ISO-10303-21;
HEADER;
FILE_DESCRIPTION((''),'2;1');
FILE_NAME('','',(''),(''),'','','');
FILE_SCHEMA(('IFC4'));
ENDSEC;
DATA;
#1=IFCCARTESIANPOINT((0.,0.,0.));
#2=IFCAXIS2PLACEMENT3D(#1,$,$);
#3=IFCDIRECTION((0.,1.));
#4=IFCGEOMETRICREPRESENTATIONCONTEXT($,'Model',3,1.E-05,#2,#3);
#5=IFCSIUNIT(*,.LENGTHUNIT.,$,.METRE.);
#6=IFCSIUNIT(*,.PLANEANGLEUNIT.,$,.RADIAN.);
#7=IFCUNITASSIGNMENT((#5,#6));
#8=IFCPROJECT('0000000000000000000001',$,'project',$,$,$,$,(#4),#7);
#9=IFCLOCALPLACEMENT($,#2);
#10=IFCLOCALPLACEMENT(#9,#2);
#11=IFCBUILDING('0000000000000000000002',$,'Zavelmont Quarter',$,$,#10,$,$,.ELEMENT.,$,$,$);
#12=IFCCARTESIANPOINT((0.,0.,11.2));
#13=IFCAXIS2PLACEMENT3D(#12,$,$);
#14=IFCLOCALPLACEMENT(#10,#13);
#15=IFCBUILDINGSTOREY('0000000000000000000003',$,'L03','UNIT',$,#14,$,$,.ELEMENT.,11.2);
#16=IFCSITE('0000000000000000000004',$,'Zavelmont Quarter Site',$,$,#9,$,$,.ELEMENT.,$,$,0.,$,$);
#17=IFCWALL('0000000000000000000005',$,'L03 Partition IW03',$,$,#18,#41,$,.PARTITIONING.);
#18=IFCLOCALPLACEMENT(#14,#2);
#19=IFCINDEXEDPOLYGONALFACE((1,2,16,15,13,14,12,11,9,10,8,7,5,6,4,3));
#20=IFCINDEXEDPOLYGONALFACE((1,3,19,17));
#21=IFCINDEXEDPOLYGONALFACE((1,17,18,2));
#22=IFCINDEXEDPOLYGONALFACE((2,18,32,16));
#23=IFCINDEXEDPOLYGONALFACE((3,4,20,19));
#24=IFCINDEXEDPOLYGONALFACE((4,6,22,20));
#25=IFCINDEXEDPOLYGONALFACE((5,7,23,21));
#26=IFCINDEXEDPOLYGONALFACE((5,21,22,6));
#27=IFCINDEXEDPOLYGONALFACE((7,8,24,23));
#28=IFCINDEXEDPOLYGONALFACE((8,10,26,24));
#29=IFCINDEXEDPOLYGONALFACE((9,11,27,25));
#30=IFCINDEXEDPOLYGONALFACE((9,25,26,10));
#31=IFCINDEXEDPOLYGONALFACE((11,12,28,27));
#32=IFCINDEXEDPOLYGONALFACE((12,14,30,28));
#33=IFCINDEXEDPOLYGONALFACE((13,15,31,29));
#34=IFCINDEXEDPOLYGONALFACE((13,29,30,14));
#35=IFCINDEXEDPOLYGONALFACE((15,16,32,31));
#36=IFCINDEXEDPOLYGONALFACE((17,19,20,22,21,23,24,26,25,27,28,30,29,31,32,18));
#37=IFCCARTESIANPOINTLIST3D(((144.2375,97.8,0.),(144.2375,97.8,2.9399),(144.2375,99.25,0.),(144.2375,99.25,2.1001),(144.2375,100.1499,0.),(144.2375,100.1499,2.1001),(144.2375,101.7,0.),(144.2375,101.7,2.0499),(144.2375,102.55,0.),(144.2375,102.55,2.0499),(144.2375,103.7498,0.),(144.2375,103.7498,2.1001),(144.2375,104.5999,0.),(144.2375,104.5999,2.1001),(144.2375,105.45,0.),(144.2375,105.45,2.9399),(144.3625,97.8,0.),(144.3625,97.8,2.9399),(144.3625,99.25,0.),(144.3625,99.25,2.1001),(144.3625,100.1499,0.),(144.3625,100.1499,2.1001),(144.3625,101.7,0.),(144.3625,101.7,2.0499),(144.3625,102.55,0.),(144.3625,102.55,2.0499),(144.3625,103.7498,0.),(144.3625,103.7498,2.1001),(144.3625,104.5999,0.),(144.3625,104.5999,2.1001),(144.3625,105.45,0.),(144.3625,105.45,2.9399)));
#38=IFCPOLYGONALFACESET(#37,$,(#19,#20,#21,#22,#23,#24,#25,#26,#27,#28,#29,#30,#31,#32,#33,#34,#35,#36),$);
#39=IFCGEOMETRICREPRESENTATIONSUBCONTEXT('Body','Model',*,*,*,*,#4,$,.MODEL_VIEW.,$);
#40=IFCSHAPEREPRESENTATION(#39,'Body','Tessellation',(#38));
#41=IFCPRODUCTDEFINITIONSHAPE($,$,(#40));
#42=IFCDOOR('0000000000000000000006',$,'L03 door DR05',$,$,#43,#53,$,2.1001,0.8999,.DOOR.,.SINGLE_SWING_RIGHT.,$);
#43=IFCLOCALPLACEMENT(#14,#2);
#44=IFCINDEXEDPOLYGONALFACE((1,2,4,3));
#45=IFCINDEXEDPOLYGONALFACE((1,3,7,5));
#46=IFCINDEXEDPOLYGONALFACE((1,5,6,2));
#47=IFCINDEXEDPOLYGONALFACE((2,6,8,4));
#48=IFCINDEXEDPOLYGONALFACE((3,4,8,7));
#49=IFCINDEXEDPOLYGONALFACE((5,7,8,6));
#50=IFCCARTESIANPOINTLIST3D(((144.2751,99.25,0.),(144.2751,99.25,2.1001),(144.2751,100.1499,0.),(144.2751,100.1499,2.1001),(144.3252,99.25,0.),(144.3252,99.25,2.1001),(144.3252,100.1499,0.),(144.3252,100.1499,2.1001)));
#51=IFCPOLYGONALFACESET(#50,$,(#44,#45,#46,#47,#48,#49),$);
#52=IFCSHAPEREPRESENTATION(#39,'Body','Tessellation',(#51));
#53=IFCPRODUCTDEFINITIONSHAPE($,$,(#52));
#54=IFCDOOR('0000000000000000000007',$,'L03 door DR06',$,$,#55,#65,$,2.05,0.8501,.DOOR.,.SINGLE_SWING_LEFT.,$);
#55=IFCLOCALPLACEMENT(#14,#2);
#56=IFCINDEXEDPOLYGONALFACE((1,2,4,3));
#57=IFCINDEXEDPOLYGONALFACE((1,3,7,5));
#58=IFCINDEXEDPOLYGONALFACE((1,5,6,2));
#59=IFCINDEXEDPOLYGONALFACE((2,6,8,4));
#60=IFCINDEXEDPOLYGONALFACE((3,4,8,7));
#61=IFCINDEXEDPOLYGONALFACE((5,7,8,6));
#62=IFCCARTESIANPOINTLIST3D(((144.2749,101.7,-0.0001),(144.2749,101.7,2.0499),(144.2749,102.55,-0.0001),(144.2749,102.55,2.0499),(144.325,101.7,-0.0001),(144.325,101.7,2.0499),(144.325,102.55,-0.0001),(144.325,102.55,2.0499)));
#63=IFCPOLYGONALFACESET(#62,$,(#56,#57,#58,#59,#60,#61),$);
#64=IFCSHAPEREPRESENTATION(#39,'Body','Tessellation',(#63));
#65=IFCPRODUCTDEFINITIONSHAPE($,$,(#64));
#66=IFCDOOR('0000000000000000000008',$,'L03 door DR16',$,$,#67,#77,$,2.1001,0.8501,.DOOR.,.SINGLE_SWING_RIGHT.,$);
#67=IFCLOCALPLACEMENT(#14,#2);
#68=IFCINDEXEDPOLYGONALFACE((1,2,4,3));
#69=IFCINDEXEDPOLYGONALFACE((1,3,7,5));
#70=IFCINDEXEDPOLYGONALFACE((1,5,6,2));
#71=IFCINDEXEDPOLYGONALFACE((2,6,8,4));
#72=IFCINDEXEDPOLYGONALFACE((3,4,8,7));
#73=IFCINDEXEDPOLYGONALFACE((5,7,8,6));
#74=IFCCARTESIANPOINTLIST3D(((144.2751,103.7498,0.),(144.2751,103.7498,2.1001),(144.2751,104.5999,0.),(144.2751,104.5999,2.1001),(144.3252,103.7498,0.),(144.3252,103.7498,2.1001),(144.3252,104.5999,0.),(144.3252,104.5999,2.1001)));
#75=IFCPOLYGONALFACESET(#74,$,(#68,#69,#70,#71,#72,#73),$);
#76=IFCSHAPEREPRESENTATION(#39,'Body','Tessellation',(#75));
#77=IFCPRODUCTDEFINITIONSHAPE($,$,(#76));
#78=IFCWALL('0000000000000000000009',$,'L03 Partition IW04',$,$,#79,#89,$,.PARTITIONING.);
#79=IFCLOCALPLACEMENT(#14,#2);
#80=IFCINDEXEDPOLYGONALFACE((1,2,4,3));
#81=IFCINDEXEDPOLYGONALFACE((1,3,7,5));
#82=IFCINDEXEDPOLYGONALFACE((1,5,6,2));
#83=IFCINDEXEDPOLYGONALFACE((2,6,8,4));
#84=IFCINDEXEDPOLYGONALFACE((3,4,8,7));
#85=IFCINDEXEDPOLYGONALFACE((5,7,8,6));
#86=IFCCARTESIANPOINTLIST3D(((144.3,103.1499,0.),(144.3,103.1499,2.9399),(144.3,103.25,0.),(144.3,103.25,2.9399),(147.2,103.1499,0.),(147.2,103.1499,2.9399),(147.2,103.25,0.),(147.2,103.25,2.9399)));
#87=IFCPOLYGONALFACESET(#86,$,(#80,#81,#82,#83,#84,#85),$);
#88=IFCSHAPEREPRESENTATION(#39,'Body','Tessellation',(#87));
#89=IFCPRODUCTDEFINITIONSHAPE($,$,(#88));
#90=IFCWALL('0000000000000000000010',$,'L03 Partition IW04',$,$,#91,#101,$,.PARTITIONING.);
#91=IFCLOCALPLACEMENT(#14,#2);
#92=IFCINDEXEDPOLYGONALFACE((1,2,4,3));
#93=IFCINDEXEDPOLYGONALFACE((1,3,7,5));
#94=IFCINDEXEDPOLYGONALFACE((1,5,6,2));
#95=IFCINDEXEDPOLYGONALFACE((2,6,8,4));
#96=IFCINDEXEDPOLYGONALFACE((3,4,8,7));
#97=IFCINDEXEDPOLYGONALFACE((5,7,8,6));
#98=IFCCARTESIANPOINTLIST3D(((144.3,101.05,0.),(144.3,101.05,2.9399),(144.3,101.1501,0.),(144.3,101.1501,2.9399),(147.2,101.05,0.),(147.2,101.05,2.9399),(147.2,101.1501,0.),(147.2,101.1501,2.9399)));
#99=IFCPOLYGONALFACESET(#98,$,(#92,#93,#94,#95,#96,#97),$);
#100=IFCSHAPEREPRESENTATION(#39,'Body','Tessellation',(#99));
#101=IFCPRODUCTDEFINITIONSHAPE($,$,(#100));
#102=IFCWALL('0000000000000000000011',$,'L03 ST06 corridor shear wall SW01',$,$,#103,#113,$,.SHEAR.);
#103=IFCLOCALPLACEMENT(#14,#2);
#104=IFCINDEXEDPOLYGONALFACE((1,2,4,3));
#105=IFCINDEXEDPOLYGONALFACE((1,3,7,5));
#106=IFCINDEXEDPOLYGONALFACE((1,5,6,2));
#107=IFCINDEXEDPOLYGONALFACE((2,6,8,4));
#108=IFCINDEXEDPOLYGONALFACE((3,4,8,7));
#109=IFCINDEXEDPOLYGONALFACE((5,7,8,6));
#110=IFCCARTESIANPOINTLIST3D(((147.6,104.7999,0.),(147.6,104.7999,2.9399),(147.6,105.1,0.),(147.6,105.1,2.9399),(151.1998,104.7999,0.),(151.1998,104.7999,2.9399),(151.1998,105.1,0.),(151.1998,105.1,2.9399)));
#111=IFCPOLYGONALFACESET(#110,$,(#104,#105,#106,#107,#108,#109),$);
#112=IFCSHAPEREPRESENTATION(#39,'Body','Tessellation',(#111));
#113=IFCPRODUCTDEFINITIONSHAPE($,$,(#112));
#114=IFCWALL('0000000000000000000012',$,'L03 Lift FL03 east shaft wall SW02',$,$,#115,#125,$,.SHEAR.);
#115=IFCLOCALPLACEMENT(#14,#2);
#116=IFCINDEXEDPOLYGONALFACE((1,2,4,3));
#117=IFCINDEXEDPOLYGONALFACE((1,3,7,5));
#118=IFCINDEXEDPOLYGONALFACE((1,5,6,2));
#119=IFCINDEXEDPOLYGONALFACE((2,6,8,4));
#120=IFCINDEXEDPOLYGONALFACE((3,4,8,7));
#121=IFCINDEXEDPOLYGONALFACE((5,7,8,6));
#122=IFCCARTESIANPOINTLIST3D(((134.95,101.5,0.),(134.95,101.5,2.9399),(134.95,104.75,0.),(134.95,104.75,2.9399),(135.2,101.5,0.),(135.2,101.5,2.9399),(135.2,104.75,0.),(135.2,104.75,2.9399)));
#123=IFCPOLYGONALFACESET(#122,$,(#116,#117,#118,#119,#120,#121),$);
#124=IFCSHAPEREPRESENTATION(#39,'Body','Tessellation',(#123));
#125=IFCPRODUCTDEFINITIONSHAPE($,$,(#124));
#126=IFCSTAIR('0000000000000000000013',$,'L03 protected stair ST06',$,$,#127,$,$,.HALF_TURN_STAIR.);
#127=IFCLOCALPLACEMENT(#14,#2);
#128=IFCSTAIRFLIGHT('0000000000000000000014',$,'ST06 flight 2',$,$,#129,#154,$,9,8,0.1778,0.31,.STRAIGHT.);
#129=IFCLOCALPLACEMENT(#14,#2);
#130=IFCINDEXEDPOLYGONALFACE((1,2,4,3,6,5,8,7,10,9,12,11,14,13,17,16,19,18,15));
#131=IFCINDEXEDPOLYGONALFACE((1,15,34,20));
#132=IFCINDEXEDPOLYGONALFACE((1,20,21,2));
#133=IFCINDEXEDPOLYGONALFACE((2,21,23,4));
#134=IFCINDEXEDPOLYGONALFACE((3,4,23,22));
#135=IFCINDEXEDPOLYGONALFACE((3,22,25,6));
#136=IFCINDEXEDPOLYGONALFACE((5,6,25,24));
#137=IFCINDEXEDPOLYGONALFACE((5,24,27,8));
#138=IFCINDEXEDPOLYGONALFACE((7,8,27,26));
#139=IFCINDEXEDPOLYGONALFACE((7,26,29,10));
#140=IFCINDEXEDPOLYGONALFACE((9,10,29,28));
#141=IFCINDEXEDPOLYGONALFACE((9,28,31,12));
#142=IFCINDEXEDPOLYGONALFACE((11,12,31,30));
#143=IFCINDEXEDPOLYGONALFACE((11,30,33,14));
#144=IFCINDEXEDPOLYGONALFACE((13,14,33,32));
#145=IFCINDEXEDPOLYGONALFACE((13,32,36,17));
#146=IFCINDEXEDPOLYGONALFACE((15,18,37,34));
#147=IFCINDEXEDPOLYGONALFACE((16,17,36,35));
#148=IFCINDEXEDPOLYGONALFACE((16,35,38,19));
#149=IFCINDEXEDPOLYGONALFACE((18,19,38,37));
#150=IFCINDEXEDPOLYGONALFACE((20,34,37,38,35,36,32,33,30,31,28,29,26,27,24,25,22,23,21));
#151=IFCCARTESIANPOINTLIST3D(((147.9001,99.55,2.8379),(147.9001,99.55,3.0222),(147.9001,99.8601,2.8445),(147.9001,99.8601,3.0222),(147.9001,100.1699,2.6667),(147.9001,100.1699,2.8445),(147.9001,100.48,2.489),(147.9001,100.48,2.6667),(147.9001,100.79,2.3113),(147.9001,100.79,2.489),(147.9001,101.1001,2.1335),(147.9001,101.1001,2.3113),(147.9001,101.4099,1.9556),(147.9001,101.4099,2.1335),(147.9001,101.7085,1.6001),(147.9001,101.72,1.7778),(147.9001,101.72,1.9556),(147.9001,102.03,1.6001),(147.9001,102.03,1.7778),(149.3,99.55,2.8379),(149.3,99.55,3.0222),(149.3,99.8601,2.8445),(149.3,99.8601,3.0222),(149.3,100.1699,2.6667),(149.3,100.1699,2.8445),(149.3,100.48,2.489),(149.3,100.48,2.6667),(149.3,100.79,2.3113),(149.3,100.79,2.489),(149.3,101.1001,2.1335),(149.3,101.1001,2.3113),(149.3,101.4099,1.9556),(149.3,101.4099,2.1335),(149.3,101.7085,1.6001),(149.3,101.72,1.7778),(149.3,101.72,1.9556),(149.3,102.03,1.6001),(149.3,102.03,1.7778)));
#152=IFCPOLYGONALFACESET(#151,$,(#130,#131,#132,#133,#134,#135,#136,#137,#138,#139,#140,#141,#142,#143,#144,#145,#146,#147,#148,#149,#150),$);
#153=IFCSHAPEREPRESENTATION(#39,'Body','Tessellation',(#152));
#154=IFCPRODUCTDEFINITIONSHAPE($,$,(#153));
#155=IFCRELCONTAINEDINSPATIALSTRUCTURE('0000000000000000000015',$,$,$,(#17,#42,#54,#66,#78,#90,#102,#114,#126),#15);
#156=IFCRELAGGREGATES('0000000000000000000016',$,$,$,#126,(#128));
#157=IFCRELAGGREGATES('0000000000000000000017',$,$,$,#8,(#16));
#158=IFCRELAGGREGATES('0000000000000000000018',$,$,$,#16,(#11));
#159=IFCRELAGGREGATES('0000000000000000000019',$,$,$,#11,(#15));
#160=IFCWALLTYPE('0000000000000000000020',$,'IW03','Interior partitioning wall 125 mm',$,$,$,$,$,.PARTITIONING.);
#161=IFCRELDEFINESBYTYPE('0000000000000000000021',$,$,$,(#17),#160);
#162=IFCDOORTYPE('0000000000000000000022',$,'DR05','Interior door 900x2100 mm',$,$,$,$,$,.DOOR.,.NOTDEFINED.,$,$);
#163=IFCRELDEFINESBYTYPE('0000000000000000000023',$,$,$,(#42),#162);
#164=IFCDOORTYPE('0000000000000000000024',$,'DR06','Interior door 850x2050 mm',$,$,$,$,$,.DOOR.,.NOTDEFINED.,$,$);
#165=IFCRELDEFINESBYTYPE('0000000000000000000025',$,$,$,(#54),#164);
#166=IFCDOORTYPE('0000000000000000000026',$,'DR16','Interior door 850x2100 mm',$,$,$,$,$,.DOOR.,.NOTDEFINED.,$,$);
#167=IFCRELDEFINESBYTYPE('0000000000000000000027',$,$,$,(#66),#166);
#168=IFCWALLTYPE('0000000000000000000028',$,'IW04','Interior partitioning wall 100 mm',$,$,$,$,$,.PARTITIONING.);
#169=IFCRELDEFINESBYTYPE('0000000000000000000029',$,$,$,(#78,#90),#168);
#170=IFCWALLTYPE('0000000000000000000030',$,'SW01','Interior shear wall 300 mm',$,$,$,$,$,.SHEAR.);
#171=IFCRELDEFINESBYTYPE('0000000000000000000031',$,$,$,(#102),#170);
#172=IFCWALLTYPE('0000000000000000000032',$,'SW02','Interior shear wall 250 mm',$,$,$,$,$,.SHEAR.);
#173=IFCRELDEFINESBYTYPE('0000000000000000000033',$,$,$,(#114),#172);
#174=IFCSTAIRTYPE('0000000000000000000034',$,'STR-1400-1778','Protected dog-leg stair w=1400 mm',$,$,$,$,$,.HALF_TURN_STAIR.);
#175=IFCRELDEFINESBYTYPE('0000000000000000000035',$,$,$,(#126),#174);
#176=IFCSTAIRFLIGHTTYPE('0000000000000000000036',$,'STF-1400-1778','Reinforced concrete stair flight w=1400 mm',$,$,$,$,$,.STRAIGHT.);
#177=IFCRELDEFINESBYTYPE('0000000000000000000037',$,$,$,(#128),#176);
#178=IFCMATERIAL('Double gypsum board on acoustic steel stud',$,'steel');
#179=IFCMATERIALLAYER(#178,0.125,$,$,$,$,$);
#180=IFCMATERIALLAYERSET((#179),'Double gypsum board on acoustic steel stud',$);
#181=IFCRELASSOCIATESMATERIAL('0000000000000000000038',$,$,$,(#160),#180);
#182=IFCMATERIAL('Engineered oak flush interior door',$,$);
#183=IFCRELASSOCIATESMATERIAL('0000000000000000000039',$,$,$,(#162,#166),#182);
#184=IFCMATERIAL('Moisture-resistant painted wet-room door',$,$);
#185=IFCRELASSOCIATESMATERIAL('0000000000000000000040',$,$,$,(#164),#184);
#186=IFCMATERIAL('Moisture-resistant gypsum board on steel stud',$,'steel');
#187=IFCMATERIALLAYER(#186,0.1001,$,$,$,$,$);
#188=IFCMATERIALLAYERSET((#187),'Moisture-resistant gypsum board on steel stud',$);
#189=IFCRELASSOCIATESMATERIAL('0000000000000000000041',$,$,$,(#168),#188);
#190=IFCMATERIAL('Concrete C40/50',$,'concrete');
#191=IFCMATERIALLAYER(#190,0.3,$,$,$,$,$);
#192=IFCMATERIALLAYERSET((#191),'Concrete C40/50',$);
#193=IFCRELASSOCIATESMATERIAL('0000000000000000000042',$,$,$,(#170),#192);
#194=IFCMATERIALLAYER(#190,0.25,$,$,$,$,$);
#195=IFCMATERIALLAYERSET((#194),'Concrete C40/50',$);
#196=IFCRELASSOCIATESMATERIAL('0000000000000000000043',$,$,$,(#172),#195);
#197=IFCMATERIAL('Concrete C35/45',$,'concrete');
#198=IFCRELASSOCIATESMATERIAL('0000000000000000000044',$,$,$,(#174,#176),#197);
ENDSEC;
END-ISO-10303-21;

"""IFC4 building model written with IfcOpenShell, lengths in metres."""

from ifc_helpers import new_model, si_unit, direction, frame, frame_2d, origin, origin_with_axes, place, context, subcontext, project, spatial, polyline, rectangle, outline, extrude, material, layer, layer_set, type_object, element, fill, aggregate, save


model = new_model("IFC4")

# Units and contexts
model_context = context("Model", 3, precision=1e-05, world=origin(), true_north=direction((0.0, 1.0)))
body_context = subcontext(model_context, "Body", "Model", "MODEL_VIEW")
ifc_project = project(units=[si_unit("LENGTHUNIT", "METRE"), si_unit("PLANEANGLEUNIT", "RADIAN")], contexts=[model_context])

# Site, building, storey
site_placement = place(None, origin())
site = spatial("IfcSite", under=ifc_project, at=site_placement, Name="Zavelmont Quarter Site", CompositionType="ELEMENT", RefElevation=0.0)
building_placement = place(site_placement, origin())
building = spatial("IfcBuilding", under=site, at=building_placement, Name="Zavelmont Quarter", CompositionType="ELEMENT")
storey_placement = place(building_placement, frame((0.0, 0.0, 11.2)))
storey = spatial("IfcBuildingStorey", under=building, at=storey_placement, Name="L03", Description="UNIT", CompositionType="ELEMENT", Elevation=11.2)

# Shared definitions
ifc_material_1 = material(Name="Concrete C40/50", Category="concrete")

# Shared definitions
ifc_material_2 = material(Name="Concrete C35/45", Category="concrete")

# Wall, openings, doors
ifc_material_3 = material(Name="Double gypsum board on acoustic steel stud", Category="steel")
ifc_layer_1 = layer(ifc_material_3, 0.125)
ifc_layer_set_1 = layer_set([ifc_layer_1], Name="Double gypsum board on acoustic steel stud")
wall_type_1 = type_object("IfcWallType", Name="IW03", Description="Interior partitioning wall 125 mm", PredefinedType="PARTITIONING", material=ifc_layer_set_1)
wall_1_placement = place(storey_placement, frame((144.3, 105.45, 0.0), z_axis=(0.0, 0.0, 1.0), x_axis=(0.0, -1.0, 0.0)))
wall_1 = element("IfcWall", 1, at=wall_1_placement, inside=storey, type_object=wall_type_1, Name="L03 Partition IW03", PredefinedType="PARTITIONING", context=body_context, shape_type="SweptSolid", body=[
    extrude(rectangle(XDim=7.6499, YDim=0.125, at=frame_2d((3.825, 0.0))), origin(), (0.0, 0.0, 1.0), 2.9399),
])
opening_1_placement = place(wall_1_placement, frame((0.8501, 0.0, 0.0)))
opening_1 = element("IfcOpeningElement", 2, at=opening_1_placement, cuts=wall_1, PredefinedType="OPENING", context=body_context, shape_type="SweptSolid", body=[
    extrude(rectangle(XDim=0.8501, YDim=2.1001, at=frame_2d((0.425, 1.05))), frame((0.0, 0.0745, 0.0), z_axis=(0.0, -1.0, 0.0), x_axis=(1.0, 0.0, 0.0)), (0.0, 0.0, 1.0), 0.1489),
])
opening_2_placement = place(wall_1_placement, frame((2.8999, 0.0, 0.0)))
opening_2 = element("IfcOpeningElement", 3, at=opening_2_placement, cuts=wall_1, PredefinedType="OPENING", context=body_context, shape_type="SweptSolid", body=[
    extrude(rectangle(XDim=0.8501, YDim=2.05, at=frame_2d((0.425, 1.0249))), frame((0.0, 0.0745, 0.0), z_axis=(0.0, -1.0, 0.0), x_axis=(1.0, 0.0, 0.0)), (0.0, 0.0, 1.0), 0.1489),
])
opening_3_placement = place(wall_1_placement, frame((5.3, 0.0, 0.0)))
opening_3 = element("IfcOpeningElement", 4, at=opening_3_placement, cuts=wall_1, PredefinedType="OPENING", context=body_context, shape_type="SweptSolid", body=[
    extrude(rectangle(XDim=0.8999, YDim=2.1001, at=frame_2d((0.45, 1.05))), frame((0.0, 0.0745, 0.0), z_axis=(0.0, -1.0, 0.0), x_axis=(1.0, 0.0, 0.0)), (0.0, 0.0, 1.0), 0.1489),
])
ifc_material_4 = material(Name="Engineered oak flush interior door")
door_type_1 = type_object("IfcDoorType", Name="DR05", Description="Interior door 900x2100 mm", OperationType="NOTDEFINED", PredefinedType="DOOR", material=ifc_material_4)
door_1_placement = place(opening_3_placement, frame((0.8999, 0.0, 0.0), z_axis=(0.0, 0.0, 1.0), x_axis=(-1.0, 0.0, 0.0)))
door_1 = element("IfcDoor", 5, at=door_1_placement, inside=storey, type_object=door_type_1, Name="L03 door DR05", OperationType="SINGLE_SWING_RIGHT", OverallHeight=2.1001, OverallWidth=0.8999, PredefinedType="DOOR", context=body_context, shape_type="SweptSolid", body=[
    extrude(rectangle(XDim=0.8999, YDim=2.1001, at=frame_2d((0.45, 1.05))), frame((0.0, 0.0249, 0.0), z_axis=(0.0, -1.0, 0.0), x_axis=(1.0, 0.0, 0.0)), (0.0, 0.0, 1.0), 0.05),
])
fill(opening_3, door_1)
ifc_material_5 = material(Name="Moisture-resistant painted wet-room door")
door_type_2 = type_object("IfcDoorType", Name="DR06", Description="Interior door 850x2050 mm", OperationType="NOTDEFINED", PredefinedType="DOOR", material=ifc_material_5)
door_2_placement = place(opening_2_placement, origin_with_axes())
door_2 = element("IfcDoor", 6, at=door_2_placement, inside=storey, type_object=door_type_2, Name="L03 door DR06", OperationType="SINGLE_SWING_LEFT", OverallHeight=2.05, OverallWidth=0.8501, PredefinedType="DOOR", context=body_context, shape_type="SweptSolid", body=[
    extrude(rectangle(XDim=0.8501, YDim=2.05, at=frame_2d((0.425, 1.0249))), frame((0.0, 0.0249, 0.0), z_axis=(0.0, -1.0, 0.0), x_axis=(1.0, 0.0, 0.0)), (0.0, 0.0, 1.0), 0.05),
])
fill(opening_2, door_2)
door_type_3 = type_object("IfcDoorType", Name="DR16", Description="Interior door 850x2100 mm", OperationType="NOTDEFINED", PredefinedType="DOOR", material=ifc_material_4)
door_3_placement = place(opening_1_placement, frame((0.8501, 0.0, 0.0), z_axis=(0.0, 0.0, 1.0), x_axis=(-1.0, 0.0, 0.0)))
door_3 = element("IfcDoor", 7, at=door_3_placement, inside=storey, type_object=door_type_3, Name="L03 door DR16", OperationType="SINGLE_SWING_RIGHT", OverallHeight=2.1001, OverallWidth=0.8501, PredefinedType="DOOR", context=body_context, shape_type="SweptSolid", body=[
    extrude(rectangle(XDim=0.8501, YDim=2.1001, at=frame_2d((0.425, 1.05))), frame((0.0, 0.0249, 0.0), z_axis=(0.0, -1.0, 0.0), x_axis=(1.0, 0.0, 0.0)), (0.0, 0.0, 1.0), 0.05),
])
fill(opening_1, door_3)

# Walls
ifc_material_6 = material(Name="Moisture-resistant gypsum board on steel stud", Category="steel")
ifc_layer_2 = layer(ifc_material_6, 0.1001)
ifc_layer_set_2 = layer_set([ifc_layer_2], Name="Moisture-resistant gypsum board on steel stud")
wall_type_2 = type_object("IfcWallType", Name="IW04", Description="Interior partitioning wall 100 mm", PredefinedType="PARTITIONING", material=ifc_layer_set_2)
for number, where, z_axis, x_axis, name in (
    (8, (144.3, 103.2, 0.0), (0.0, 0.0, 1.0), (1.0, 0.0, 0.0), "L03 Partition IW04"),
    (9, (144.3, 101.1001, 0.0), (0.0, 0.0, 1.0), (1.0, 0.0, 0.0), "L03 Partition IW04"),
):
    element("IfcWall", number, at=place(storey_placement, frame(where, z_axis=z_axis, x_axis=x_axis)), inside=storey, type_object=wall_type_2, Name=name, PredefinedType="PARTITIONING", context=body_context, shape_type="SweptSolid", body=[
        extrude(rectangle(XDim=2.8999, YDim=0.1001, at=frame_2d((1.45, 0.0))), origin(), (0.0, 0.0, 1.0), 2.9399),
    ])
ifc_layer_3 = layer(ifc_material_1, 0.3)
ifc_layer_set_3 = layer_set([ifc_layer_3], Name="Concrete C40/50")
wall_type_3 = type_object("IfcWallType", Name="SW01", Description="Interior shear wall 300 mm", PredefinedType="SHEAR", material=ifc_layer_set_3)
wall_2_placement = place(storey_placement, frame((147.6001, 104.95, 0.0), z_axis=(0.0, 0.0, 1.0), x_axis=(1.0, 0.0, 0.0)))
element("IfcWall", 10, at=wall_2_placement, inside=storey, type_object=wall_type_3, Name="L03 ST06 corridor shear wall SW01", PredefinedType="SHEAR", context=body_context, shape_type="SweptSolid", body=[
    extrude(rectangle(XDim=3.5999, YDim=0.3, at=frame_2d((1.7998, 0.0))), origin(), (0.0, 0.0, 1.0), 2.9399),
])
ifc_layer_4 = layer(ifc_material_1, 0.25)
ifc_layer_set_4 = layer_set([ifc_layer_4], Name="Concrete C40/50")
wall_type_4 = type_object("IfcWallType", Name="SW02", Description="Interior shear wall 250 mm", PredefinedType="SHEAR", material=ifc_layer_set_4)
wall_3_placement = place(storey_placement, frame((135.075, 101.5, 0.0), z_axis=(0.0, 0.0, 1.0), x_axis=(0.0, 1.0, 0.0)))
element("IfcWall", 11, at=wall_3_placement, inside=storey, type_object=wall_type_4, Name="L03 Lift FL03 east shaft wall SW02", PredefinedType="SHEAR", context=body_context, shape_type="SweptSolid", body=[
    extrude(rectangle(XDim=3.25, YDim=0.25, at=frame_2d((1.625, 0.0))), origin(), (0.0, 0.0, 1.0), 2.9399),
])

# Stair, stair flight
stair_type = type_object("IfcStairType", Name="STR-1400-1778", Description="Protected dog-leg stair w=1400 mm", PredefinedType="HALF_TURN_STAIR", material=ifc_material_2)
stair_placement = place(storey_placement, origin())
stair = element("IfcStair", 12, at=stair_placement, inside=storey, type_object=stair_type, Name="L03 protected stair ST06", PredefinedType="HALF_TURN_STAIR")
stair_flight_type = type_object("IfcStairFlightType", Name="STF-1400-1778", Description="Reinforced concrete stair flight w=1400 mm", PredefinedType="STRAIGHT", material=ifc_material_2)
stair_flight_placement = place(storey_placement, frame((148.6001, 102.03, 1.6001), z_axis=(0.0, 0.0, 1.0), x_axis=(0.0, -1.0, 0.0)))
stair_flight = element("IfcStairFlight", 13, at=stair_flight_placement, type_object=stair_flight_type, Name="ST06 flight 2", NumberOfRisers=9, NumberOfTreads=8, PredefinedType="STRAIGHT", RiserHeight=0.1778, TreadLength=0.31, context=body_context, shape_type="SweptSolid", body=[
    extrude(outline(polyline([(0.0, 0.0), (0.0, 0.1777), (0.3101, 0.1777), (0.3101, 0.3555), (0.6201, 0.3555), (0.6201, 0.5334), (0.9299, 0.5334), (0.9299, 0.7112), (1.24, 0.7112), (1.24, 0.8889), (1.55, 0.8889), (1.55, 1.0667), (1.8601, 1.0667), (1.8601, 1.2444), (2.1699, 1.2444), (2.1699, 1.4221), (2.48, 1.4221), (2.48, 1.6001), (2.48, 1.2378), (0.3215, 0.0), (0.0, 0.0)])), frame((0.0, 0.7, 0.0), z_axis=(0.0, -1.0, 0.0), x_axis=(1.0, 0.0, 0.0)), (0.0, 0.0, 1.0), 1.3999),
])
aggregate(stair, [stair_flight])

save(model, "model.ifc")
